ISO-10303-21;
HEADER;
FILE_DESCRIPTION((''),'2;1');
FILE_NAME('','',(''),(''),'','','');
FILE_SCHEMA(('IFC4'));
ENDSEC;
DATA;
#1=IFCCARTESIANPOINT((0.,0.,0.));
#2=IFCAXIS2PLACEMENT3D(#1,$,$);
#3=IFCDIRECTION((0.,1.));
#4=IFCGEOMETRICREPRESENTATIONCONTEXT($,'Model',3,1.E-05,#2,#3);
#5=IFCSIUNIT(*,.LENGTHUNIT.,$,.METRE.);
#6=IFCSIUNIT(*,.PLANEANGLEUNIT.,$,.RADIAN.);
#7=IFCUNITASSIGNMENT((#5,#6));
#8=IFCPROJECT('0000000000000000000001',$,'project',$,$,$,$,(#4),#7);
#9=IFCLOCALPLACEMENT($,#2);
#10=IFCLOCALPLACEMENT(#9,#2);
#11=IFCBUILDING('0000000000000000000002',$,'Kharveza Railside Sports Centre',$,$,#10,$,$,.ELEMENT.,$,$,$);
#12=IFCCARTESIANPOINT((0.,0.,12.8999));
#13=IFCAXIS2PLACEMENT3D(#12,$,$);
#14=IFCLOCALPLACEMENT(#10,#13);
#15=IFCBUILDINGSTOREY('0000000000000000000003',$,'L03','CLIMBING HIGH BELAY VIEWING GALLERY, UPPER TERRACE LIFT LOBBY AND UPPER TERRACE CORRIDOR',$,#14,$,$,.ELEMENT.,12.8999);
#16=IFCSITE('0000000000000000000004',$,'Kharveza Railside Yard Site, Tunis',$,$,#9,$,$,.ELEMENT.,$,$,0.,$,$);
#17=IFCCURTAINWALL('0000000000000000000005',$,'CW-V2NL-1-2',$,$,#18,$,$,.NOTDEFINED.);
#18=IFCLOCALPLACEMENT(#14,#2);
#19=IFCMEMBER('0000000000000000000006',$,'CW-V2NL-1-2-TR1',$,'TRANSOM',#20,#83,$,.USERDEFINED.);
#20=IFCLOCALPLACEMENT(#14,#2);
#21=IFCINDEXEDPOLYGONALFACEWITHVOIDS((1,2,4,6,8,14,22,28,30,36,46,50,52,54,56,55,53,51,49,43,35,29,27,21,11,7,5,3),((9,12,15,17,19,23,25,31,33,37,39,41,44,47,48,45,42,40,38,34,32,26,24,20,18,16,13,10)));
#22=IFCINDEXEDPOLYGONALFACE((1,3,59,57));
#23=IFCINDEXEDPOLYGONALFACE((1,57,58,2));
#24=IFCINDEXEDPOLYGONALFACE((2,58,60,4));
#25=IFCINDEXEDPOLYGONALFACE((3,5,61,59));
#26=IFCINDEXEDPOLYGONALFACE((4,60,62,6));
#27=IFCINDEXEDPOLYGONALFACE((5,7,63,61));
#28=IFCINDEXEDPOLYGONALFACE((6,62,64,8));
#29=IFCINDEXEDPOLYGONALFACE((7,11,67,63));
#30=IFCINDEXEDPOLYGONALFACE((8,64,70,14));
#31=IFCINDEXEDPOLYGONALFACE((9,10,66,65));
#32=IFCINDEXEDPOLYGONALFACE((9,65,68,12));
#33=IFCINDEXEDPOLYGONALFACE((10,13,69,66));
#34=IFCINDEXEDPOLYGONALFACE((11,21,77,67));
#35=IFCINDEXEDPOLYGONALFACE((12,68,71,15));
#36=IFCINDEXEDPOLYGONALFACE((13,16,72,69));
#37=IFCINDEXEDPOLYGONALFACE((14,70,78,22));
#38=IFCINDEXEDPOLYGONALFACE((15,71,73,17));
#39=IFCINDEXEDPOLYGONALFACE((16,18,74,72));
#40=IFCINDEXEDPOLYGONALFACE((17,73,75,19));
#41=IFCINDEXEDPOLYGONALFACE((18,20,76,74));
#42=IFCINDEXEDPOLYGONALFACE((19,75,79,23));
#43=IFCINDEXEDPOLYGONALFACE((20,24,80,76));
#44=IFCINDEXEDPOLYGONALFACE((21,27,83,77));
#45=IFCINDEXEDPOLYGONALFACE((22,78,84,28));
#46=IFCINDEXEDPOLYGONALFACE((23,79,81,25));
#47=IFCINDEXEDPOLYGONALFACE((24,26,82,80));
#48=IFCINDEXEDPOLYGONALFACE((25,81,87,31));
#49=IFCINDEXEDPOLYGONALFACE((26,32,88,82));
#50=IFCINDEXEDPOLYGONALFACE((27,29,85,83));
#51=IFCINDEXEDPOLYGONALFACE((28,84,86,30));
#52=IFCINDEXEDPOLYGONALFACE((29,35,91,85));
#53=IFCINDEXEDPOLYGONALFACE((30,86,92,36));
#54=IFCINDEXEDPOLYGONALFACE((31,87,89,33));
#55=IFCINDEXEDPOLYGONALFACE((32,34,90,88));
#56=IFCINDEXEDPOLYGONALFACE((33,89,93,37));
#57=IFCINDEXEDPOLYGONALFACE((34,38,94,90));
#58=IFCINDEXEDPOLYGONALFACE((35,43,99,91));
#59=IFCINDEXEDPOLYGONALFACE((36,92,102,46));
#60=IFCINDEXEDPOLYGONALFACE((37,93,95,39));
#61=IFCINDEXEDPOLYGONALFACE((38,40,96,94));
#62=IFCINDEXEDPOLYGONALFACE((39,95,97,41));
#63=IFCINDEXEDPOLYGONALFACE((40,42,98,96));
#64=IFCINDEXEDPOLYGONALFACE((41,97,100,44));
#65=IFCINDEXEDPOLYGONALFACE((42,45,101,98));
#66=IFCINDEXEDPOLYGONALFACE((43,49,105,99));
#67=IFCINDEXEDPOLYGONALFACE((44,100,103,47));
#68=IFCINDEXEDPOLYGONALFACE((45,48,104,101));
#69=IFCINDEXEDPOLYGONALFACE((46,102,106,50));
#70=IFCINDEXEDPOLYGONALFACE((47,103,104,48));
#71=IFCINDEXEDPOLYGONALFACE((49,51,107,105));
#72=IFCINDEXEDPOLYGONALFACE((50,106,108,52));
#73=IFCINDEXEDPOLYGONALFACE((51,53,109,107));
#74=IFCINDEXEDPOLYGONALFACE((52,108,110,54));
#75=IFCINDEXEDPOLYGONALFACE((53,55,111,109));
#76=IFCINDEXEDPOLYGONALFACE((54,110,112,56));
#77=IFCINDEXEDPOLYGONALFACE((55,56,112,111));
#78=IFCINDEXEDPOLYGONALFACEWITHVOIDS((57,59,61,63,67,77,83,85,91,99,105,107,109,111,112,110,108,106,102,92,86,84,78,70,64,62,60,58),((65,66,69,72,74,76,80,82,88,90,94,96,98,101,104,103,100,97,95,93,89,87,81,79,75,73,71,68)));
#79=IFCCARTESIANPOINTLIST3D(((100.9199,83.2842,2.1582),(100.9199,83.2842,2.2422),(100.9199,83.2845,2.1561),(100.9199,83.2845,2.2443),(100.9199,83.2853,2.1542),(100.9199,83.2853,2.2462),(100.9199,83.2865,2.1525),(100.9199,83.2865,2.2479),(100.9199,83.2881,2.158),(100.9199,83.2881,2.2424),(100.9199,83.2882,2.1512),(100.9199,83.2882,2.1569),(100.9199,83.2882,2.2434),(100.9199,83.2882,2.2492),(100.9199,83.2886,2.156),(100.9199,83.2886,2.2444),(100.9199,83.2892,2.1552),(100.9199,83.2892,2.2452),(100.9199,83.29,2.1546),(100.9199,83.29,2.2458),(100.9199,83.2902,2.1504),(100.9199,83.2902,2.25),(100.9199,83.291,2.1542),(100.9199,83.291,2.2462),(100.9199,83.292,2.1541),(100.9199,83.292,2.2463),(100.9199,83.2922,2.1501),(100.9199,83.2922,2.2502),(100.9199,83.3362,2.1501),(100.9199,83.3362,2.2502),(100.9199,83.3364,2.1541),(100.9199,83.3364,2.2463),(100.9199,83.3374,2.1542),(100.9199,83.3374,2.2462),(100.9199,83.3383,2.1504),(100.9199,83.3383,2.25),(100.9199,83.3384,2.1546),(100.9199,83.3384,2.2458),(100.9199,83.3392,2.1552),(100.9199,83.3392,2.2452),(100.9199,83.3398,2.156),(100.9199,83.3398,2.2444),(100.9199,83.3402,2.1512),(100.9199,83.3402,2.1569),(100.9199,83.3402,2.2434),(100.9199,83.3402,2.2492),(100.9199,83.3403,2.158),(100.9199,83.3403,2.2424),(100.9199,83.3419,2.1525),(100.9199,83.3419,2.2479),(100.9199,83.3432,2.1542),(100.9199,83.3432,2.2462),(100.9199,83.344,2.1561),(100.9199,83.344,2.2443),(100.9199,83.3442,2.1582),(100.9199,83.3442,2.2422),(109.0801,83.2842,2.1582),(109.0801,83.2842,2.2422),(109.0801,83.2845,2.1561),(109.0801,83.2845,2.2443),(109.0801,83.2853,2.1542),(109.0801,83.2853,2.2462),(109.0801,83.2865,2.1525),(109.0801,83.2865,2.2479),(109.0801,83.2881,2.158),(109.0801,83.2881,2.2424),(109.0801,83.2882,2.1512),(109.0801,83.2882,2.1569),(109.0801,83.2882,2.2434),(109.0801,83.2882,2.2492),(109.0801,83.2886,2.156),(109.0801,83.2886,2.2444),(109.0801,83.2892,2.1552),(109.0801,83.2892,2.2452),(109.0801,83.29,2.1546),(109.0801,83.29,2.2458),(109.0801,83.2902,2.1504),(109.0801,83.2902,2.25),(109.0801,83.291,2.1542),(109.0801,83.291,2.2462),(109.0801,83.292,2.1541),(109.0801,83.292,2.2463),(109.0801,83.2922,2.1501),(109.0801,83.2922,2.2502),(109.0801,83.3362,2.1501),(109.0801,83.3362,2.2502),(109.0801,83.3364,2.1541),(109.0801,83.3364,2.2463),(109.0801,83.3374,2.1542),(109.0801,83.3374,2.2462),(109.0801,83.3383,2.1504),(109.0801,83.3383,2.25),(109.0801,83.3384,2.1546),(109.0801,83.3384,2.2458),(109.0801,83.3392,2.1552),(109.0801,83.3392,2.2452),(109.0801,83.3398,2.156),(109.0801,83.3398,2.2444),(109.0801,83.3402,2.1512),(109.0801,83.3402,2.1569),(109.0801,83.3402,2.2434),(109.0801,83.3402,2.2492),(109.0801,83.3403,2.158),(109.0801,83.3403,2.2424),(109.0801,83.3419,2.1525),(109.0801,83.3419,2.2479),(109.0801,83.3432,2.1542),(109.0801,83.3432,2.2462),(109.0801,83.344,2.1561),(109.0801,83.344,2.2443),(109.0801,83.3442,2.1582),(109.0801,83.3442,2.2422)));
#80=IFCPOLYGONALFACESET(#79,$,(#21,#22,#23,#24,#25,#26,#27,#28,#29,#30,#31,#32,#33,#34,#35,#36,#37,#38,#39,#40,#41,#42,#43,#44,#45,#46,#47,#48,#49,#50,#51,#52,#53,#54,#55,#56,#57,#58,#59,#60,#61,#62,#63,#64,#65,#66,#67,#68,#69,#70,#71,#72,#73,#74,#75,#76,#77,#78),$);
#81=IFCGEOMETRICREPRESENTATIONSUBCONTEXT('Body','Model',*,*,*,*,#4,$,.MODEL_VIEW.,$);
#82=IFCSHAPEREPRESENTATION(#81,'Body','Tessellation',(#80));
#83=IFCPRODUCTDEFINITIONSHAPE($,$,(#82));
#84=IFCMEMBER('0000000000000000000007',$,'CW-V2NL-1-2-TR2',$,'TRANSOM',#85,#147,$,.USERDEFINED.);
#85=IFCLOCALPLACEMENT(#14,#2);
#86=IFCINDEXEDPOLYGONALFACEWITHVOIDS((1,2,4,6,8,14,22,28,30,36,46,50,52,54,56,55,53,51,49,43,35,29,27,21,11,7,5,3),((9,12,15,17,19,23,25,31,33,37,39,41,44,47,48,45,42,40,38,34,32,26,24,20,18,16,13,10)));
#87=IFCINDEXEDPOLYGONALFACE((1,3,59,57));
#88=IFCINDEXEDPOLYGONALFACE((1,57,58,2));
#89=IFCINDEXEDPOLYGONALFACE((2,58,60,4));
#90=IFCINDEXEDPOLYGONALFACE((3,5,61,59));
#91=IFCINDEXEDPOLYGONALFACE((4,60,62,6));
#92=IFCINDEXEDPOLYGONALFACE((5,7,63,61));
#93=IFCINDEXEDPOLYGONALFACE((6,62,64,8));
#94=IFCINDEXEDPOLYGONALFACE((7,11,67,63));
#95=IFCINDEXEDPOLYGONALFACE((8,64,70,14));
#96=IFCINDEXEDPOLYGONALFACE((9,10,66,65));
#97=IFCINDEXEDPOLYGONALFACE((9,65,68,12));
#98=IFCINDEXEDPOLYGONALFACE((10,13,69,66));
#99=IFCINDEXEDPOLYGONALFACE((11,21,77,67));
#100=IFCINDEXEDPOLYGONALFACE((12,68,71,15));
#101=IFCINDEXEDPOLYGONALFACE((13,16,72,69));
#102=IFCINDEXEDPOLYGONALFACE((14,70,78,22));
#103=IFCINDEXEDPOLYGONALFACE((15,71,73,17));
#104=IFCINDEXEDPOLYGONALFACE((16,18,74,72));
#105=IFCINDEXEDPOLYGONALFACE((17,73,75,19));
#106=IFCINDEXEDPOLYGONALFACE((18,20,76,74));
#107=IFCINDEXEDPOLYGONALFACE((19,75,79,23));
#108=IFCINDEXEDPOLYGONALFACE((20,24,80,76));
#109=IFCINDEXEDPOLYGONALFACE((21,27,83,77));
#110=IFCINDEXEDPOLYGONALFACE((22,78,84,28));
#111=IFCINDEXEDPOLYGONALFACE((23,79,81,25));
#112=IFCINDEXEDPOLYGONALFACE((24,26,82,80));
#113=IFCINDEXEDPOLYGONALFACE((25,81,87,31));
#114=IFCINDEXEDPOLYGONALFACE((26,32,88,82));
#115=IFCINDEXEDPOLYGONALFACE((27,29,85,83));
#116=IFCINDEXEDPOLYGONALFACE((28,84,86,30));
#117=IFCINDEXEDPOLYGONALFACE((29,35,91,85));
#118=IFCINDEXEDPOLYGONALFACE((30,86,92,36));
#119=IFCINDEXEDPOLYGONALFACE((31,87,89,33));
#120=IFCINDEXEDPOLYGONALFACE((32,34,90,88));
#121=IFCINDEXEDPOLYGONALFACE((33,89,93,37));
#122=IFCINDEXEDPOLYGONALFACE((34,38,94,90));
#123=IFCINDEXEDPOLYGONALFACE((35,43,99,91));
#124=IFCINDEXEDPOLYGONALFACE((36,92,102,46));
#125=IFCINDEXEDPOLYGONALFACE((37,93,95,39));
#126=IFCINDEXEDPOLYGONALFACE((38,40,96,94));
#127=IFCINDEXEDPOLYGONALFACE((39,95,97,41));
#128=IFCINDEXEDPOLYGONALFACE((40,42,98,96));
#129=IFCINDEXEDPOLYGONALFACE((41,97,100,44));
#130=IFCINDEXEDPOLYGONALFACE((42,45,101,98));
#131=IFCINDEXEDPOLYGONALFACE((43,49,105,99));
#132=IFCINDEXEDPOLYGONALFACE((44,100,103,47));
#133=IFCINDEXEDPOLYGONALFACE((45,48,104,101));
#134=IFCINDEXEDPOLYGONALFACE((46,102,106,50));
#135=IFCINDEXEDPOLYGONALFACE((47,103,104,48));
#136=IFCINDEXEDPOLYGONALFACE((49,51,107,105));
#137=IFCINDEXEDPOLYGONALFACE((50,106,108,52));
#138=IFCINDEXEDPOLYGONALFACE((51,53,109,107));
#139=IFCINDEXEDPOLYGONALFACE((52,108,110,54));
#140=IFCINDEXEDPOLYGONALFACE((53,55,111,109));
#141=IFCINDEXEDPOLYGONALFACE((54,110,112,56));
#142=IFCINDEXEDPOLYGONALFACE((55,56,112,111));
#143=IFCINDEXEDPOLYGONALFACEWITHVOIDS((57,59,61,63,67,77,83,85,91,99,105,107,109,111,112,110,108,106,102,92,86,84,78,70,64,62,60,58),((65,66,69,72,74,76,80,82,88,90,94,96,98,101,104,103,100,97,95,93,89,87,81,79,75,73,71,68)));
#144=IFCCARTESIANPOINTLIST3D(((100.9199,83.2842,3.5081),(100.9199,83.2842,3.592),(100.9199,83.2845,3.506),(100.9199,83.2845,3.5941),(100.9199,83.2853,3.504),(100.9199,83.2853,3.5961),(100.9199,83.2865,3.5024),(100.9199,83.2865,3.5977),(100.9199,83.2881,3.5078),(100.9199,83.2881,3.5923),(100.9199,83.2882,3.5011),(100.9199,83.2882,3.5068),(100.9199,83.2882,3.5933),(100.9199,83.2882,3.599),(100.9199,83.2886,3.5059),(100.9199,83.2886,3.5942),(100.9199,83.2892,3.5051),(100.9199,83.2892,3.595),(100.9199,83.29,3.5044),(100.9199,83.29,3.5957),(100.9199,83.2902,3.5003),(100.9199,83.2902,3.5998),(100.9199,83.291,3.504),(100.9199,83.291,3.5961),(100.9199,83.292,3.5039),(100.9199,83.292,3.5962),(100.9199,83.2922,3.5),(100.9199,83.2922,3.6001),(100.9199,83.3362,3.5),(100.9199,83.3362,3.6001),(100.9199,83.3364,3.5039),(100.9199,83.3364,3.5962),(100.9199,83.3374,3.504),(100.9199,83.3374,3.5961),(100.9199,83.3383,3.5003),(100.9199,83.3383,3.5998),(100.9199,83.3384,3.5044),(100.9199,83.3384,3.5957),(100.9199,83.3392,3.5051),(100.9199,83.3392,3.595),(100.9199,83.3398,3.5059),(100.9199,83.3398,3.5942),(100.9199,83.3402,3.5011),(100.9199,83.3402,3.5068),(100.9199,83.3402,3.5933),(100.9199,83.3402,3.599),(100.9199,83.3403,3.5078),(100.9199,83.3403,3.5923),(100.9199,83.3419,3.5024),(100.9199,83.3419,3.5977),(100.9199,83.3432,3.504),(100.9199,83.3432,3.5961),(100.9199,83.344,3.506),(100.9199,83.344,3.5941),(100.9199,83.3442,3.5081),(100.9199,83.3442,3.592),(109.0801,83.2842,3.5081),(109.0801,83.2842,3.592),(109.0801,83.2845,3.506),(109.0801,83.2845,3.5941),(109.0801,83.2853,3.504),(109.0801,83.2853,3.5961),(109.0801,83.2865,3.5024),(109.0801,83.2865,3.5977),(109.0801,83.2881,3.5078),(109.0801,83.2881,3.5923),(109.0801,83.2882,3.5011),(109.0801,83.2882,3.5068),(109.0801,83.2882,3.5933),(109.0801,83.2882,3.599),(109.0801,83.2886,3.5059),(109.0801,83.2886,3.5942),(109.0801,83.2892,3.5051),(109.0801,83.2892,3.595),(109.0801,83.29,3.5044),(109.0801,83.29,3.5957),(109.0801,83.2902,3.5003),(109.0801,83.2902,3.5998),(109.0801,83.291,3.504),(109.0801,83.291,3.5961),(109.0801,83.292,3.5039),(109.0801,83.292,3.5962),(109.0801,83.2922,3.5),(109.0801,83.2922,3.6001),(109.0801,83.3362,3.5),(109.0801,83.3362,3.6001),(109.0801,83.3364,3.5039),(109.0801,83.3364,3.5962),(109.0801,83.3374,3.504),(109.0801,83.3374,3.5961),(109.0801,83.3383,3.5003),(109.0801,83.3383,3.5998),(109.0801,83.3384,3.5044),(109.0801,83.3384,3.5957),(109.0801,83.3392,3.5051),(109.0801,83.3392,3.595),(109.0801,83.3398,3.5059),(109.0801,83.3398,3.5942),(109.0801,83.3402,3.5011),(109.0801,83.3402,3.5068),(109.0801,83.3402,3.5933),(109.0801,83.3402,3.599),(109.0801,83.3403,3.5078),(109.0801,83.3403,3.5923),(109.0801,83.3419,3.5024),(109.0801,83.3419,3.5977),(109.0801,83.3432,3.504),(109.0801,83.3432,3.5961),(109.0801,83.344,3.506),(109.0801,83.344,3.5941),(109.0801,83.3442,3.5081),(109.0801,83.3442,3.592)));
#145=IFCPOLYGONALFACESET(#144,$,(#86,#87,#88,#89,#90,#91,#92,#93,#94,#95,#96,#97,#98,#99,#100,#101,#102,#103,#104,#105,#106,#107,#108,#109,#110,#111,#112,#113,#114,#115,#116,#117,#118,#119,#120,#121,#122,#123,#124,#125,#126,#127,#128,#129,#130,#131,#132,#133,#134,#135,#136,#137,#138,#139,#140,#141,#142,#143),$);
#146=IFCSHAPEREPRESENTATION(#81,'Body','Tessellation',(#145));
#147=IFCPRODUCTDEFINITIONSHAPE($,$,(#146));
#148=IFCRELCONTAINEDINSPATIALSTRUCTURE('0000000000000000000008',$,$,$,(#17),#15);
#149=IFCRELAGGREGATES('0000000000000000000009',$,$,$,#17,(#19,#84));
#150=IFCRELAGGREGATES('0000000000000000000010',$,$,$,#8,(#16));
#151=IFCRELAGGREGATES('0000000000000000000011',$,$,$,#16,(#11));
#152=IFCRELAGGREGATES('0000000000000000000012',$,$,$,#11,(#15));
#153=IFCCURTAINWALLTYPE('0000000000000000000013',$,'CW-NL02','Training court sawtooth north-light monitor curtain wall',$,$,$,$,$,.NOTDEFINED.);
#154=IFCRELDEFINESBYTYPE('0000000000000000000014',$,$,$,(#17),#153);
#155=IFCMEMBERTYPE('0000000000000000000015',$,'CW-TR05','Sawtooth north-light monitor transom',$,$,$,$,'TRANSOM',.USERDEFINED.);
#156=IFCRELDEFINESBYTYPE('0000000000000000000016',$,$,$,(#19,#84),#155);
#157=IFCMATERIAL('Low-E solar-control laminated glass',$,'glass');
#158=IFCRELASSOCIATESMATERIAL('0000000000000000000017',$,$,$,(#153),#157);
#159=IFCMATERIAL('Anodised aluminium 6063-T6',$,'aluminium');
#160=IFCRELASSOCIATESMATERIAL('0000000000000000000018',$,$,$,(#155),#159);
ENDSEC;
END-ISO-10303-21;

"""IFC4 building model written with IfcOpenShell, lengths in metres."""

from ifc_helpers import new_model, si_unit, direction, frame, origin, origin_2d, place, context, subcontext, project, spatial, hollow_rectangle, extrude, material, material_profile, profile_set, type_object, element, aggregate, save


model = new_model("IFC4")

# Units and contexts
model_context = context("Model", 3, precision=1e-05, world=origin(), true_north=direction((0.0, 1.0)))
body_context = subcontext(model_context, "Body", "Model", "MODEL_VIEW")
ifc_project = project(units=[si_unit("LENGTHUNIT", "METRE"), si_unit("PLANEANGLEUNIT", "RADIAN")], contexts=[model_context])

# Site, building, storey
site_placement = place(None, origin())
site = spatial("IfcSite", under=ifc_project, at=site_placement, Name="Kharveza Railside Yard Site, Tunis", CompositionType="ELEMENT", RefElevation=0.0)
building_placement = place(site_placement, origin())
building = spatial("IfcBuilding", under=site, at=building_placement, Name="Kharveza Railside Sports Centre", CompositionType="ELEMENT")
storey_placement = place(building_placement, frame((0.0, 0.0, 12.8999)))
storey = spatial("IfcBuildingStorey", under=building, at=storey_placement, Name="L03", Description="CLIMBING HIGH BELAY VIEWING GALLERY, UPPER TERRACE LIFT LOBBY AND UPPER TERRACE CORRIDOR", CompositionType="ELEMENT", Elevation=12.8999)

# Shared definitions
ifc_material_1 = material(Name="Low-E solar-control laminated glass", Category="glass")
curtain_wall_type = type_object("IfcCurtainWallType", Name="CW-NL02", Description="Training court sawtooth north-light monitor curtain wall", PredefinedType="NOTDEFINED", material=ifc_material_1)
ifc_material_2 = material(Name="Anodised aluminium 6063-T6", Category="aluminium")

# Curtain wall, members
curtain_wall_1_placement = place(storey_placement, origin())
curtain_wall_1 = element("IfcCurtainWall", 1, at=curtain_wall_1_placement, inside=storey, type_object=curtain_wall_type, Name="CW-V2NL-1-2", PredefinedType="NOTDEFINED")
ifc_material_profile_1 = material_profile(ifc_material_2, hollow_rectangle(XDim=0.0601, YDim=0.1001, WallThickness=0.0039, InnerFilletRadius=0.0039, OuterFilletRadius=0.0081, at=origin_2d()), Name="RHS 60x100x4.0")
ifc_profile_set_1 = profile_set([ifc_material_profile_1], Name="Anodised aluminium 6063-T6")
member_type_1 = type_object("IfcMemberType", Name="CW-TR05", Description="Sawtooth north-light monitor transom", ElementType="TRANSOM", PredefinedType="USERDEFINED", material=ifc_profile_set_1)
member_1_placement = place(storey_placement, frame((100.9199, 83.3142, 2.2002), z_axis=(1.0, 0.0, 0.0), x_axis=(0.0, 1.0, 0.0)))
member_1 = element("IfcMember", 2, at=member_1_placement, type_object=member_type_1, Name="CW-V2NL-1-2-TR1", ObjectType="TRANSOM", PredefinedType="USERDEFINED", context=body_context, shape_type="SweptSolid", body=[
    extrude(hollow_rectangle(XDim=0.0601, YDim=0.1001, WallThickness=0.0039, InnerFilletRadius=0.0039, OuterFilletRadius=0.0081, at=origin_2d()), origin(), (0.0, 0.0, 1.0), 8.1602),
])
member_2_placement = place(storey_placement, frame((100.9199, 83.3142, 3.55), z_axis=(1.0, 0.0, 0.0), x_axis=(0.0, 1.0, 0.0)))
member_2 = element("IfcMember", 3, at=member_2_placement, type_object=member_type_1, Name="CW-V2NL-1-2-TR2", ObjectType="TRANSOM", PredefinedType="USERDEFINED", context=body_context, shape_type="SweptSolid", body=[
    extrude(hollow_rectangle(XDim=0.0601, YDim=0.1001, WallThickness=0.0039, InnerFilletRadius=0.0039, OuterFilletRadius=0.0081, at=origin_2d()), origin(), (0.0, 0.0, 1.0), 8.1602),
])

aggregate(curtain_wall_1, [member_1, member_2])

save(model, "model.ifc")
